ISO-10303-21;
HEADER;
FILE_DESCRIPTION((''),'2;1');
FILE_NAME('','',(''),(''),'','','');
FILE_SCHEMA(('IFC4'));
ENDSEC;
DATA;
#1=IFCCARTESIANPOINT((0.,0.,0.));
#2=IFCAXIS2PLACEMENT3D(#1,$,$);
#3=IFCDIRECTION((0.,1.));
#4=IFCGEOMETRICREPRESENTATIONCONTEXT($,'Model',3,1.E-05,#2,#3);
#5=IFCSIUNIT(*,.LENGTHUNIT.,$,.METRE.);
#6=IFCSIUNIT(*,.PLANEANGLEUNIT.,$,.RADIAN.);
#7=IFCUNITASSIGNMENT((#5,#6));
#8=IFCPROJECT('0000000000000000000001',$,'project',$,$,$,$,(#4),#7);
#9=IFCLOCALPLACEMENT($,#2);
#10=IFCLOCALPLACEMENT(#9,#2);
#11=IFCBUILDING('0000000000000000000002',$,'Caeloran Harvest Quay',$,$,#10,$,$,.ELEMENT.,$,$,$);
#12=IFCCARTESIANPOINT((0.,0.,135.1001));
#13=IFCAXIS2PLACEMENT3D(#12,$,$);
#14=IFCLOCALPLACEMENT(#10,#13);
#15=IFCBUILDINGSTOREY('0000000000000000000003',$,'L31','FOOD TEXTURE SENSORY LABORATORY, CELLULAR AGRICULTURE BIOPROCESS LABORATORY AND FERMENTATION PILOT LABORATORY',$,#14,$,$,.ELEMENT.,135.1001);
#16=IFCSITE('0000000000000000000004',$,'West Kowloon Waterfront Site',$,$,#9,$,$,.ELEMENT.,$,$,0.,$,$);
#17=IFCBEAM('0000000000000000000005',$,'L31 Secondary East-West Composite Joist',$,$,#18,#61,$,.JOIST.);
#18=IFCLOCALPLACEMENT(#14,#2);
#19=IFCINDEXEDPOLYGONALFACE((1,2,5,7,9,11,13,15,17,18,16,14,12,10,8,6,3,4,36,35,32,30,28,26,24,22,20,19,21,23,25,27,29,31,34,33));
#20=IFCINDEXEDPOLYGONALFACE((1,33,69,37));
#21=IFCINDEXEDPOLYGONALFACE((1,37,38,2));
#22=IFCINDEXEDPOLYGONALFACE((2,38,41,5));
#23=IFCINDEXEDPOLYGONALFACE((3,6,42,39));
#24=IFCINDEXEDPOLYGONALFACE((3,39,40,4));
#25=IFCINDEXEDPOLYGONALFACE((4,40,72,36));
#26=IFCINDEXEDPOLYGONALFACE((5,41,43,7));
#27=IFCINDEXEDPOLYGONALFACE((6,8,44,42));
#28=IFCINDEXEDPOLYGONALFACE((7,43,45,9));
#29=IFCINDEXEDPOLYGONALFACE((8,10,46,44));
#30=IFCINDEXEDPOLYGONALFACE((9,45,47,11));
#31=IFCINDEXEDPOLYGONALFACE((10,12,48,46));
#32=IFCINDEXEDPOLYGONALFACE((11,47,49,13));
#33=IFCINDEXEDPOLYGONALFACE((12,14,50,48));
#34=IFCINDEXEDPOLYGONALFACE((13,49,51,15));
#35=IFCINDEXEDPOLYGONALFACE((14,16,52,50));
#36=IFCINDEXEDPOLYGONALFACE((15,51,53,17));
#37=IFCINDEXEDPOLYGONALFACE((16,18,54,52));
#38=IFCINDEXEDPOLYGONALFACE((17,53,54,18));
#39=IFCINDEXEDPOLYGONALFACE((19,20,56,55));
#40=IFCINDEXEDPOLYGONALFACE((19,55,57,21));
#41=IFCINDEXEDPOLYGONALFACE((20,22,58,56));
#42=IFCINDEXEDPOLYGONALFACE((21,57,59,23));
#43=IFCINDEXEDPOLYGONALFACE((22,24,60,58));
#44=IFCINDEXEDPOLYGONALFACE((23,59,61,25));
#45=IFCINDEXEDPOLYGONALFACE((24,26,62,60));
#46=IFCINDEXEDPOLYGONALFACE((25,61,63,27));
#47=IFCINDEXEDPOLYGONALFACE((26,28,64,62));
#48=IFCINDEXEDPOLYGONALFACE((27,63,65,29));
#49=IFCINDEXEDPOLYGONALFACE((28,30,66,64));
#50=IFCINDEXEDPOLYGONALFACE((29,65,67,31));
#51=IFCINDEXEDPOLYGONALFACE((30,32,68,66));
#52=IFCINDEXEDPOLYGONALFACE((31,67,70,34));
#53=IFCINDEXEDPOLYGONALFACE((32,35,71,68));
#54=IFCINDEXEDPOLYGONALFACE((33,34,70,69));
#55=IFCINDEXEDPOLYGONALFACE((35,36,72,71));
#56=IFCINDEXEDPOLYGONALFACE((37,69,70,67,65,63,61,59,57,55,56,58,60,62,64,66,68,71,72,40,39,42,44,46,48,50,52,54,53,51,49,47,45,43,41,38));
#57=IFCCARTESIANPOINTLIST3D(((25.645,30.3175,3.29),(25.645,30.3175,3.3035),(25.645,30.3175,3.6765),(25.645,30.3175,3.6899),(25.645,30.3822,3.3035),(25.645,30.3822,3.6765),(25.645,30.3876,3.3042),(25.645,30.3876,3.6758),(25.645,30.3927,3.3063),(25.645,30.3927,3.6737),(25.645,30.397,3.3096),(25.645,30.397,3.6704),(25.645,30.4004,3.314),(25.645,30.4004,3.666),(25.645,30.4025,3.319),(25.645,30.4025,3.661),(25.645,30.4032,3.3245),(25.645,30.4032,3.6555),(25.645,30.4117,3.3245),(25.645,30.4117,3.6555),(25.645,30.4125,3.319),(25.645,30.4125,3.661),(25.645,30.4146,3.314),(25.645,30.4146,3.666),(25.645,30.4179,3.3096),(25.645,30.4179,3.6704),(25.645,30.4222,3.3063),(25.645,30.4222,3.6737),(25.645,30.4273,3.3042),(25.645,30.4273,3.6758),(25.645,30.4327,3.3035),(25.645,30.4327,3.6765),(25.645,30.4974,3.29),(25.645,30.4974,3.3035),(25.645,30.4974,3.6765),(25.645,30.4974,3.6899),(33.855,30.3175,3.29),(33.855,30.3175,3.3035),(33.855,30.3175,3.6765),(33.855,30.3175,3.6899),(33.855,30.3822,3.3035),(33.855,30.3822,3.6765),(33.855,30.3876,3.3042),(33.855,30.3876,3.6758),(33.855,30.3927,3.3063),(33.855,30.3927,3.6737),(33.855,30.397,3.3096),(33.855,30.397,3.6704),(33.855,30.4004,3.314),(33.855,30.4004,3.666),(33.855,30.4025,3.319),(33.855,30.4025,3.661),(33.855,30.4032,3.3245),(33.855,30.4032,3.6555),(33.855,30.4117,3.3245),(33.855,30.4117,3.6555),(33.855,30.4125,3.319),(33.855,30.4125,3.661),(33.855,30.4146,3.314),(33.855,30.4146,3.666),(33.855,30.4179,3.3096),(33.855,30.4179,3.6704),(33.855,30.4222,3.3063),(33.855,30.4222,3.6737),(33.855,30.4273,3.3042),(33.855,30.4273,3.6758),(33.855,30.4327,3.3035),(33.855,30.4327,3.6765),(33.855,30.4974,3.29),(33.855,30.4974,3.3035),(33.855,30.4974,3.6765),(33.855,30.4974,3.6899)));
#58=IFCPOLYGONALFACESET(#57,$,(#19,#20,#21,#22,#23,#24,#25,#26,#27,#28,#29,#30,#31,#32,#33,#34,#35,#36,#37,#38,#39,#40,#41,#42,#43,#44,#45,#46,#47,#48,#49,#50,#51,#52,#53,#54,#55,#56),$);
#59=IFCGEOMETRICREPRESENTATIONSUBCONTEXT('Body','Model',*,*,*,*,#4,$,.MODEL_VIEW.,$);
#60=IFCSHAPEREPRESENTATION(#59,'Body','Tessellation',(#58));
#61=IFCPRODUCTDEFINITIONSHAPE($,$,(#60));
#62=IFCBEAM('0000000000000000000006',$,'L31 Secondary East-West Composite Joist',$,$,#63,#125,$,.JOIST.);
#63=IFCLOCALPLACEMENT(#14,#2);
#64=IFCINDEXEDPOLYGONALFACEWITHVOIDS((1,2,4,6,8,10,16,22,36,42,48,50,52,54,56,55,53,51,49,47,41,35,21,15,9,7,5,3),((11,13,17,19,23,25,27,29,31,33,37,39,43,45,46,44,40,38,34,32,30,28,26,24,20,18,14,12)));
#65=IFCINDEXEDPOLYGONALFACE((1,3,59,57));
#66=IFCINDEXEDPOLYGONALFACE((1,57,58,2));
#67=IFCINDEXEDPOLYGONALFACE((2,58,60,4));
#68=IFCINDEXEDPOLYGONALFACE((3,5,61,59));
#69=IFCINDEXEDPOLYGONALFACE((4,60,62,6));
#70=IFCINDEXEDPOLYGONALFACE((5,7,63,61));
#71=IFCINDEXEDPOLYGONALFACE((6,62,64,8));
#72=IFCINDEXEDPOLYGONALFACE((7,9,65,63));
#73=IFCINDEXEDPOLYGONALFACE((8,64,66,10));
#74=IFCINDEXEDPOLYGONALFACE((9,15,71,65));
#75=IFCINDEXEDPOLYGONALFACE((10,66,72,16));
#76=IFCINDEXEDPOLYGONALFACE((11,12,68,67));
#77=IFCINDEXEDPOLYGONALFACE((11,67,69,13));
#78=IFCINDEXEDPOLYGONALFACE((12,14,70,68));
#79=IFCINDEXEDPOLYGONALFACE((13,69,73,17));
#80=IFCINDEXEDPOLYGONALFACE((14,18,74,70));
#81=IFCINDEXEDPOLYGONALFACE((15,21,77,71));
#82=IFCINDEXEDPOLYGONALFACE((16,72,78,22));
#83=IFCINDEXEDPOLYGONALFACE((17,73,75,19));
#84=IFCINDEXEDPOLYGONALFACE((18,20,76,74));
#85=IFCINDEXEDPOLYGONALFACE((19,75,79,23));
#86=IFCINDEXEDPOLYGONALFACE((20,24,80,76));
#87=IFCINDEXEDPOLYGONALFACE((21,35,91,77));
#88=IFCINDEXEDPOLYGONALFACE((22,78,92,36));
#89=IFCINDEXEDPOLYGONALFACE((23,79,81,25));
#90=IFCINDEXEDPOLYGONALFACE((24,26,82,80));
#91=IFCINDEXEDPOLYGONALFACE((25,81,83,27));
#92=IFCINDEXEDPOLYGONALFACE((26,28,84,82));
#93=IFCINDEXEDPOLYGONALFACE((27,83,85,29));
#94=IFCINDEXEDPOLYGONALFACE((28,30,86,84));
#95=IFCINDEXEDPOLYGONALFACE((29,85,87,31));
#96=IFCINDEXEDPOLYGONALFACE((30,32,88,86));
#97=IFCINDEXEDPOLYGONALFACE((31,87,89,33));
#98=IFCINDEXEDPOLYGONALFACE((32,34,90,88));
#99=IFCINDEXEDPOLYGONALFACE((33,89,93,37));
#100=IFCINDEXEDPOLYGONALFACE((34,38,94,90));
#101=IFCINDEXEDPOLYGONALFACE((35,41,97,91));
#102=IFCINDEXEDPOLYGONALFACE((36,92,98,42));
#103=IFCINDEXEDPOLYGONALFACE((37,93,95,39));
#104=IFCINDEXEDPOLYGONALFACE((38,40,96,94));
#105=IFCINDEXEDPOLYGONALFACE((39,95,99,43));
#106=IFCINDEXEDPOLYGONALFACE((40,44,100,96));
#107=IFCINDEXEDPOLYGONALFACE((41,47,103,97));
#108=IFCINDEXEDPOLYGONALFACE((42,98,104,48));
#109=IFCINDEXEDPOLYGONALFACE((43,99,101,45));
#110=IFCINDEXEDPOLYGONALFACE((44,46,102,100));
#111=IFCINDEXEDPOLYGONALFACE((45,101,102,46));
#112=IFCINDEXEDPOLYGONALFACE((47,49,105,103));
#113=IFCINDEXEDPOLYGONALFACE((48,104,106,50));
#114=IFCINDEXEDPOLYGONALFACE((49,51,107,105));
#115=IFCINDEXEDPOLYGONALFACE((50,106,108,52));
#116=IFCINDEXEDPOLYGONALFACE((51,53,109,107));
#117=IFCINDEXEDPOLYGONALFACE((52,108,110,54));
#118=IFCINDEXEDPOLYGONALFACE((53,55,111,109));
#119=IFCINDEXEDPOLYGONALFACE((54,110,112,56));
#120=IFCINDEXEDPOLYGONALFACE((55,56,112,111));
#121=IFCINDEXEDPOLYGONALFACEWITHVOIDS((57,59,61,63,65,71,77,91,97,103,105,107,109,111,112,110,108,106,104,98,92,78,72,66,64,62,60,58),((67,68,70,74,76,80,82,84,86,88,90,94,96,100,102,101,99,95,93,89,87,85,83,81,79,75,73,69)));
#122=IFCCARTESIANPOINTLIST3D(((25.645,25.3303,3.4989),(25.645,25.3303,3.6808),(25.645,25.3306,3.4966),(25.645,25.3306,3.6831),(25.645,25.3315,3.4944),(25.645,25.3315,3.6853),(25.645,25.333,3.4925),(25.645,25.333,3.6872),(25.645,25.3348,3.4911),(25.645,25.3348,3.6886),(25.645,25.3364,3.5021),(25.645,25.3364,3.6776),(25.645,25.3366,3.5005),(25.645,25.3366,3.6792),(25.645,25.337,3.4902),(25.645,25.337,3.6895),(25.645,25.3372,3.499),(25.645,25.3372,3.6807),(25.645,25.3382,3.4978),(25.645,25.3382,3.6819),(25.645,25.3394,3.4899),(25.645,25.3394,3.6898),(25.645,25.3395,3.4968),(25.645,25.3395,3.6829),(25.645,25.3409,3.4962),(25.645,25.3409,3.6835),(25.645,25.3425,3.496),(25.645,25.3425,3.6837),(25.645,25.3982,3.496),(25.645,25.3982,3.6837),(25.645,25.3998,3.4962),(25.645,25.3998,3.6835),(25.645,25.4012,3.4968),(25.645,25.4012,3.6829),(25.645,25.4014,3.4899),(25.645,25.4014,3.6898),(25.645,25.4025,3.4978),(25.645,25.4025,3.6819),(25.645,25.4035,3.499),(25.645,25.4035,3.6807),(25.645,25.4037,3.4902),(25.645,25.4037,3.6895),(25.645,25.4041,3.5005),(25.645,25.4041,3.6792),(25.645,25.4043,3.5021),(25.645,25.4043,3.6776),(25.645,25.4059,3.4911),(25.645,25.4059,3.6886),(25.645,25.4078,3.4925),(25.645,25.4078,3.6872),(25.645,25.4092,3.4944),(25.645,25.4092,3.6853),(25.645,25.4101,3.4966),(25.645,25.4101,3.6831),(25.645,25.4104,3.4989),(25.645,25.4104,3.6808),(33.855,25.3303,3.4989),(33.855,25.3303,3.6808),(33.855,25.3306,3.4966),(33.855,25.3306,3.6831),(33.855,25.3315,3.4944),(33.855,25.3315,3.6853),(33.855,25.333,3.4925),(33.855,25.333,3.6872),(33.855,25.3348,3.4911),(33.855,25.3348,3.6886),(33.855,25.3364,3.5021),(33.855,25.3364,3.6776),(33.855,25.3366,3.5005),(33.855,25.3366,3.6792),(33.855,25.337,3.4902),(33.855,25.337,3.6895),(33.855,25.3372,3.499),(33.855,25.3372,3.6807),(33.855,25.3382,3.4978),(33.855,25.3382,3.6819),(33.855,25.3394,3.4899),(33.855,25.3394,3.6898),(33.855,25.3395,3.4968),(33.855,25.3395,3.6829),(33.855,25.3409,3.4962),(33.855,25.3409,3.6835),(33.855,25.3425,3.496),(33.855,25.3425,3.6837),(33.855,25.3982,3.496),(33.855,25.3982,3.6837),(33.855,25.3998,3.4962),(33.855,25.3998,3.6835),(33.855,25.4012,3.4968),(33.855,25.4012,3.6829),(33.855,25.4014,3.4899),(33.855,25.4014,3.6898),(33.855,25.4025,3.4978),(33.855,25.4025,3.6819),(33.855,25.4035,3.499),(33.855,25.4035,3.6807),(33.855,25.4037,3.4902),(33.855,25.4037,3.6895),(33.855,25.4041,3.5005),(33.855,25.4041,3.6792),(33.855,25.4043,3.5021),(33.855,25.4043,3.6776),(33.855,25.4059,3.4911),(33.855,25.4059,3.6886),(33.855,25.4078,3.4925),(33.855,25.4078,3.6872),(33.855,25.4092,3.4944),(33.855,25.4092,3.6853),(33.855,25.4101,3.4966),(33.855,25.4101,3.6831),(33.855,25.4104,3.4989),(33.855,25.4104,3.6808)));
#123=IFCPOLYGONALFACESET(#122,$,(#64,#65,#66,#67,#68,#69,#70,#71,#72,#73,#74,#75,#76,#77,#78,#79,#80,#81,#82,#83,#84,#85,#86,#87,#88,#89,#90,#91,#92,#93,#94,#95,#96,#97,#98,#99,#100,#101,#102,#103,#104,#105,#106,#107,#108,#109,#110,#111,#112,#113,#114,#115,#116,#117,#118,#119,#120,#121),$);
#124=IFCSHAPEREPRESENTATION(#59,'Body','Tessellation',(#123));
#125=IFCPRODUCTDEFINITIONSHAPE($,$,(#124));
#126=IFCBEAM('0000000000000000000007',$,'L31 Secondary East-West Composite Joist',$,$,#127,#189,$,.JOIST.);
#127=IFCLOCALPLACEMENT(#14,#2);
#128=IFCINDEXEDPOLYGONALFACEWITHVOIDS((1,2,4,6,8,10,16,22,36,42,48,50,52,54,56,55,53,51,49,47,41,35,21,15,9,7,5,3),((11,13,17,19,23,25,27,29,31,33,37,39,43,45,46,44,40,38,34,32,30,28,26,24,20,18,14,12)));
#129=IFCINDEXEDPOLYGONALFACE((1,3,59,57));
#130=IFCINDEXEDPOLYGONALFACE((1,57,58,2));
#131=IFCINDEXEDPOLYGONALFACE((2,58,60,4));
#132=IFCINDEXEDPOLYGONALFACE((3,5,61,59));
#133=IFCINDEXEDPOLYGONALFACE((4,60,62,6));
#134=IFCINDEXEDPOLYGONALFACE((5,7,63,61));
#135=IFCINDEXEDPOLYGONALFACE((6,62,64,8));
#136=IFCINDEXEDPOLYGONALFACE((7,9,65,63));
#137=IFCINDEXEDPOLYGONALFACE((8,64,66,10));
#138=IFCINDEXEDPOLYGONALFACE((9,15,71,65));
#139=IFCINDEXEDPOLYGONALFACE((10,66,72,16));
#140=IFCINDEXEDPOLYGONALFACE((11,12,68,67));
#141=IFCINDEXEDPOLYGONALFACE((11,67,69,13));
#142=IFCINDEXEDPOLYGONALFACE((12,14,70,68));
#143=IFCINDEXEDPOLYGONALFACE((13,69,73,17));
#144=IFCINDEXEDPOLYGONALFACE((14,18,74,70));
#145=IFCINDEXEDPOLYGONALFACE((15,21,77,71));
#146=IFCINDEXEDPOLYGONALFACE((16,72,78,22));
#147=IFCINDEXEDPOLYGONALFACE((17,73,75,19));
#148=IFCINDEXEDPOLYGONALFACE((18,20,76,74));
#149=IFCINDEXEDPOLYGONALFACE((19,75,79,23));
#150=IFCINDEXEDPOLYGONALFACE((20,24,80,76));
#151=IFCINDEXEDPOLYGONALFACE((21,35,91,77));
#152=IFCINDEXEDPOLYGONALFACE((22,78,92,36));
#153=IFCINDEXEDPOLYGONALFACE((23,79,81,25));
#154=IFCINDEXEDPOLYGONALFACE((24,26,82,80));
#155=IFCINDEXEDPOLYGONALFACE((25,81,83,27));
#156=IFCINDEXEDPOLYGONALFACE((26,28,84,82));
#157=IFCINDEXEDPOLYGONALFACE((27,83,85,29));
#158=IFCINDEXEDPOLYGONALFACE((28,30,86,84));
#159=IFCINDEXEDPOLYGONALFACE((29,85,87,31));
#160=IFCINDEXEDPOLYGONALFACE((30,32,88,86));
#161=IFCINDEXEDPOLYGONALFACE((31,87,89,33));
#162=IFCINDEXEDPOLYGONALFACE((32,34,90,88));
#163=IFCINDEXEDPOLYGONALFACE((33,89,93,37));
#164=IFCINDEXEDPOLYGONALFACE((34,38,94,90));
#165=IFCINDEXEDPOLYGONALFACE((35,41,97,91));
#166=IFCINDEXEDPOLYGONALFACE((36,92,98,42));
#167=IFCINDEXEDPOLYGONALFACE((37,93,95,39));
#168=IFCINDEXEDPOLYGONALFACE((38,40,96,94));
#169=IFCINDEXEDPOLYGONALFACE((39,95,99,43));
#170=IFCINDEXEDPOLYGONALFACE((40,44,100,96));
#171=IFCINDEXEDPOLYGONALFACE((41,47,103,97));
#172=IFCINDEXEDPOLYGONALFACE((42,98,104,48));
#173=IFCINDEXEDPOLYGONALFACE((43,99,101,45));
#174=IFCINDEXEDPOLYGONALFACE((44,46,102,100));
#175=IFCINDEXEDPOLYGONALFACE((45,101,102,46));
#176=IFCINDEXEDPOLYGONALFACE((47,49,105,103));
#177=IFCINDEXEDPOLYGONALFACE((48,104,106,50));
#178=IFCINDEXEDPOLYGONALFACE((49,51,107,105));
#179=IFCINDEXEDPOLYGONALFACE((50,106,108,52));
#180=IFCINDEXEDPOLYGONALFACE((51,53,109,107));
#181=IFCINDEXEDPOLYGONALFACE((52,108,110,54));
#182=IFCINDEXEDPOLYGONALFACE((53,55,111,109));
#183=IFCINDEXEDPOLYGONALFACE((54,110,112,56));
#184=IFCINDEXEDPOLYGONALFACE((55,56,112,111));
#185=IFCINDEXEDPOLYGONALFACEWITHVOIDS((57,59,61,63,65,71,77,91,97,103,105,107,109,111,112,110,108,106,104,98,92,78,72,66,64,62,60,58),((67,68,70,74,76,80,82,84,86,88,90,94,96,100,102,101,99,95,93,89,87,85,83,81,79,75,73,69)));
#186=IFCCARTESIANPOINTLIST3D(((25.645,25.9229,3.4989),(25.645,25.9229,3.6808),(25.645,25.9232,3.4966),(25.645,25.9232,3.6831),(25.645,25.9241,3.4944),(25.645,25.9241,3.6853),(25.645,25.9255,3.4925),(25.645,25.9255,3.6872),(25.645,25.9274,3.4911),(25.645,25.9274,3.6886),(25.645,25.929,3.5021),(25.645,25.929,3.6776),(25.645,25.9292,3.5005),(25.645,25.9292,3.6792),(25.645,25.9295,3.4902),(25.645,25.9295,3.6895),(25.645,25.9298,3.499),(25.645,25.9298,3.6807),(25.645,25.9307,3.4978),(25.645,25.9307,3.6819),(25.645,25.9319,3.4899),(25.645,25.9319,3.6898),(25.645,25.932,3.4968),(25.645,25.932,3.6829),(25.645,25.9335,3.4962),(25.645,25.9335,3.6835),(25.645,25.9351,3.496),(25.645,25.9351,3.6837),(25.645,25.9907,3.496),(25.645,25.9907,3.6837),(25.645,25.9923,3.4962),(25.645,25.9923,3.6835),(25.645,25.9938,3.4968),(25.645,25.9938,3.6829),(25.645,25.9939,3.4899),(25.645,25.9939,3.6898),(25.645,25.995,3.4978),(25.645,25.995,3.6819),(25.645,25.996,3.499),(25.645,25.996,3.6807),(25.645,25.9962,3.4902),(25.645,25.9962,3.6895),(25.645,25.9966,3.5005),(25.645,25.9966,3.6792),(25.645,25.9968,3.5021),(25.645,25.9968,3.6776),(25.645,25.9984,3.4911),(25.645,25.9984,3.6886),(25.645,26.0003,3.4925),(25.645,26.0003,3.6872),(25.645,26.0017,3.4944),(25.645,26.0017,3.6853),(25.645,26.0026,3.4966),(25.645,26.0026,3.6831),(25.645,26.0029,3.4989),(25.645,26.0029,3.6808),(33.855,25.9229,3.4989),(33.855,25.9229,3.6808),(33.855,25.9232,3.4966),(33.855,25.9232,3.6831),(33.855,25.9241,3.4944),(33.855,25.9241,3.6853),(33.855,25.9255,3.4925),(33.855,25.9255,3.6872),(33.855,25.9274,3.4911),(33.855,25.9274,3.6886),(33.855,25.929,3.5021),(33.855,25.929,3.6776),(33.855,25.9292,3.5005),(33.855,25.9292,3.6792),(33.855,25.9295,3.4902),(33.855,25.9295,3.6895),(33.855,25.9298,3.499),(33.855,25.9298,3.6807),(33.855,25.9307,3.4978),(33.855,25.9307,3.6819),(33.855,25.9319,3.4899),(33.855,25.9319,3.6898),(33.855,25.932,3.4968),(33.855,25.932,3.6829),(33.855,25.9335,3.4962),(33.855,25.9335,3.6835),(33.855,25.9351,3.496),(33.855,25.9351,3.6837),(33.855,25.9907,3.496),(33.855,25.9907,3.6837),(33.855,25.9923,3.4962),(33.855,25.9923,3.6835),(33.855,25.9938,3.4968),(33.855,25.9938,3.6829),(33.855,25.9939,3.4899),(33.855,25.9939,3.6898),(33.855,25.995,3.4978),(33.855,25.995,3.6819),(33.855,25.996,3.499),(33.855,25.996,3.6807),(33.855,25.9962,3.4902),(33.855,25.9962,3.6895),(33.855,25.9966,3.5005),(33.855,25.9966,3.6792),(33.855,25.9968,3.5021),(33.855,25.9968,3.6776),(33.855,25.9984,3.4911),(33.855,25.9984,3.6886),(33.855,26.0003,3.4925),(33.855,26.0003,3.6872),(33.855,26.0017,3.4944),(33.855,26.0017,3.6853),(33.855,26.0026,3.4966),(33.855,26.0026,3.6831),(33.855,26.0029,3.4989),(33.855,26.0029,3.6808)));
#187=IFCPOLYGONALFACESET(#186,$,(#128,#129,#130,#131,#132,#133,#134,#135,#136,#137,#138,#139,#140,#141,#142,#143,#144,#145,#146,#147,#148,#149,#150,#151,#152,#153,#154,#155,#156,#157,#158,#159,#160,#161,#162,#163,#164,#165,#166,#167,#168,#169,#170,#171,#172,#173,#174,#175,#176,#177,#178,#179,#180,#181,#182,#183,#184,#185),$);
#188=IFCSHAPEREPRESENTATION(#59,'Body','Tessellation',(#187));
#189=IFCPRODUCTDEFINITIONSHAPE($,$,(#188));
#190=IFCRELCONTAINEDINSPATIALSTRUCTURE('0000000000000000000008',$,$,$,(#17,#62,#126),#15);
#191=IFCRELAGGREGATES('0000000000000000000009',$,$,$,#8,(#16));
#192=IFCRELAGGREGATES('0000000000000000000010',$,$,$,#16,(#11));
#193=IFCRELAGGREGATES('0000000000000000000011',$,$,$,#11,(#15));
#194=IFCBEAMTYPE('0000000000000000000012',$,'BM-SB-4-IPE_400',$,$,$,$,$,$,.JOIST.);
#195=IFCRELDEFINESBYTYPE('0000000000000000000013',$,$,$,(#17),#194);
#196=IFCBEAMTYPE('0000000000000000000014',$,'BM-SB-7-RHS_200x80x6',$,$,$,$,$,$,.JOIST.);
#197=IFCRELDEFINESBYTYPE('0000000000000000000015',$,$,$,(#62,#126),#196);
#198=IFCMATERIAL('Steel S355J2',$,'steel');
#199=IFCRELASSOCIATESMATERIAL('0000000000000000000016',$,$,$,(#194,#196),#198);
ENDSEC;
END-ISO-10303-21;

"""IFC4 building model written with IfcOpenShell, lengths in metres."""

from ifc_helpers import new_model, si_unit, direction, frame, origin, origin_2d, place, context, subcontext, project, spatial, hollow_rectangle, i_section, extrude, material, material_profile, profile_set, type_object, element, save


model = new_model("IFC4")

# Units and contexts
model_context = context("Model", 3, precision=1e-05, world=origin(), true_north=direction((0.0, 1.0)))
body_context = subcontext(model_context, "Body", "Model", "MODEL_VIEW")
ifc_project = project(units=[si_unit("LENGTHUNIT", "METRE"), si_unit("PLANEANGLEUNIT", "RADIAN")], contexts=[model_context])

# Site, building, storey
site_placement = place(None, origin())
site = spatial("IfcSite", under=ifc_project, at=site_placement, Name="West Kowloon Waterfront Site", CompositionType="ELEMENT", RefElevation=0.0)
building_placement = place(site_placement, origin())
building = spatial("IfcBuilding", under=site, at=building_placement, Name="Caeloran Harvest Quay", CompositionType="ELEMENT")
storey_placement = place(building_placement, frame((0.0, 0.0, 135.1001)))
storey = spatial("IfcBuildingStorey", under=building, at=storey_placement, Name="L31", Description="FOOD TEXTURE SENSORY LABORATORY, CELLULAR AGRICULTURE BIOPROCESS LABORATORY AND FERMENTATION PILOT LABORATORY", CompositionType="ELEMENT", Elevation=135.1001)

# Beams
ifc_material = material(Name="Steel S355J2", Category="steel")
ifc_material_profile_1 = material_profile(ifc_material, i_section(OverallWidth=0.1799, OverallDepth=0.3999, WebThickness=0.0085, FlangeThickness=0.0134, FilletRadius=0.021, at=origin_2d()), Name="IPE 400")
ifc_profile_set_1 = profile_set([ifc_material_profile_1], Name="Steel S355J2")
beam_type_1 = type_object("IfcBeamType", Name="BM-SB-4-IPE_400", PredefinedType="JOIST", material=ifc_profile_set_1)
for number, where, z_axis, x_axis, name in (
    (1, (25.645, 30.4075, 3.49), (1.0, 0.0, 0.0), (0.0, 1.0, 0.0), "L31 Secondary East-West Composite Joist"),
):
    element("IfcBeam", number, at=place(storey_placement, frame(where, z_axis=z_axis, x_axis=x_axis)), inside=storey, type_object=beam_type_1, Name=name, PredefinedType="JOIST", context=body_context, shape_type="SweptSolid", body=[
        extrude(i_section(OverallWidth=0.1799, OverallDepth=0.3999, WebThickness=0.0085, FlangeThickness=0.0134, FilletRadius=0.021, at=origin_2d()), origin(), (0.0, 0.0, 1.0), 8.21),
    ])
ifc_material_profile_2 = material_profile(ifc_material, hollow_rectangle(XDim=0.0801, YDim=0.2, WallThickness=0.0061, InnerFilletRadius=0.0061, OuterFilletRadius=0.009, at=origin_2d()), Name="RHS 200x80x6")
ifc_profile_set_2 = profile_set([ifc_material_profile_2], Name="Steel S355J2")
beam_type_2 = type_object("IfcBeamType", Name="BM-SB-7-RHS_200x80x6", PredefinedType="JOIST", material=ifc_profile_set_2)
for number, where, z_axis, x_axis, name in (
    (2, (25.645, 25.3704, 3.5898), (1.0, 0.0, 0.0), (0.0, 1.0, 0.0), "L31 Secondary East-West Composite Joist"),
    (3, (25.645, 25.9629, 3.5898), (1.0, 0.0, 0.0), (0.0, 1.0, 0.0), "L31 Secondary East-West Composite Joist"),
):
    element("IfcBeam", number, at=place(storey_placement, frame(where, z_axis=z_axis, x_axis=x_axis)), inside=storey, type_object=beam_type_2, Name=name, PredefinedType="JOIST", context=body_context, shape_type="SweptSolid", body=[
        extrude(hollow_rectangle(XDim=0.0801, YDim=0.2, WallThickness=0.0061, InnerFilletRadius=0.0061, OuterFilletRadius=0.009, at=origin_2d()), origin(), (0.0, 0.0, 1.0), 8.21),
    ])

save(model, "model.ifc")
